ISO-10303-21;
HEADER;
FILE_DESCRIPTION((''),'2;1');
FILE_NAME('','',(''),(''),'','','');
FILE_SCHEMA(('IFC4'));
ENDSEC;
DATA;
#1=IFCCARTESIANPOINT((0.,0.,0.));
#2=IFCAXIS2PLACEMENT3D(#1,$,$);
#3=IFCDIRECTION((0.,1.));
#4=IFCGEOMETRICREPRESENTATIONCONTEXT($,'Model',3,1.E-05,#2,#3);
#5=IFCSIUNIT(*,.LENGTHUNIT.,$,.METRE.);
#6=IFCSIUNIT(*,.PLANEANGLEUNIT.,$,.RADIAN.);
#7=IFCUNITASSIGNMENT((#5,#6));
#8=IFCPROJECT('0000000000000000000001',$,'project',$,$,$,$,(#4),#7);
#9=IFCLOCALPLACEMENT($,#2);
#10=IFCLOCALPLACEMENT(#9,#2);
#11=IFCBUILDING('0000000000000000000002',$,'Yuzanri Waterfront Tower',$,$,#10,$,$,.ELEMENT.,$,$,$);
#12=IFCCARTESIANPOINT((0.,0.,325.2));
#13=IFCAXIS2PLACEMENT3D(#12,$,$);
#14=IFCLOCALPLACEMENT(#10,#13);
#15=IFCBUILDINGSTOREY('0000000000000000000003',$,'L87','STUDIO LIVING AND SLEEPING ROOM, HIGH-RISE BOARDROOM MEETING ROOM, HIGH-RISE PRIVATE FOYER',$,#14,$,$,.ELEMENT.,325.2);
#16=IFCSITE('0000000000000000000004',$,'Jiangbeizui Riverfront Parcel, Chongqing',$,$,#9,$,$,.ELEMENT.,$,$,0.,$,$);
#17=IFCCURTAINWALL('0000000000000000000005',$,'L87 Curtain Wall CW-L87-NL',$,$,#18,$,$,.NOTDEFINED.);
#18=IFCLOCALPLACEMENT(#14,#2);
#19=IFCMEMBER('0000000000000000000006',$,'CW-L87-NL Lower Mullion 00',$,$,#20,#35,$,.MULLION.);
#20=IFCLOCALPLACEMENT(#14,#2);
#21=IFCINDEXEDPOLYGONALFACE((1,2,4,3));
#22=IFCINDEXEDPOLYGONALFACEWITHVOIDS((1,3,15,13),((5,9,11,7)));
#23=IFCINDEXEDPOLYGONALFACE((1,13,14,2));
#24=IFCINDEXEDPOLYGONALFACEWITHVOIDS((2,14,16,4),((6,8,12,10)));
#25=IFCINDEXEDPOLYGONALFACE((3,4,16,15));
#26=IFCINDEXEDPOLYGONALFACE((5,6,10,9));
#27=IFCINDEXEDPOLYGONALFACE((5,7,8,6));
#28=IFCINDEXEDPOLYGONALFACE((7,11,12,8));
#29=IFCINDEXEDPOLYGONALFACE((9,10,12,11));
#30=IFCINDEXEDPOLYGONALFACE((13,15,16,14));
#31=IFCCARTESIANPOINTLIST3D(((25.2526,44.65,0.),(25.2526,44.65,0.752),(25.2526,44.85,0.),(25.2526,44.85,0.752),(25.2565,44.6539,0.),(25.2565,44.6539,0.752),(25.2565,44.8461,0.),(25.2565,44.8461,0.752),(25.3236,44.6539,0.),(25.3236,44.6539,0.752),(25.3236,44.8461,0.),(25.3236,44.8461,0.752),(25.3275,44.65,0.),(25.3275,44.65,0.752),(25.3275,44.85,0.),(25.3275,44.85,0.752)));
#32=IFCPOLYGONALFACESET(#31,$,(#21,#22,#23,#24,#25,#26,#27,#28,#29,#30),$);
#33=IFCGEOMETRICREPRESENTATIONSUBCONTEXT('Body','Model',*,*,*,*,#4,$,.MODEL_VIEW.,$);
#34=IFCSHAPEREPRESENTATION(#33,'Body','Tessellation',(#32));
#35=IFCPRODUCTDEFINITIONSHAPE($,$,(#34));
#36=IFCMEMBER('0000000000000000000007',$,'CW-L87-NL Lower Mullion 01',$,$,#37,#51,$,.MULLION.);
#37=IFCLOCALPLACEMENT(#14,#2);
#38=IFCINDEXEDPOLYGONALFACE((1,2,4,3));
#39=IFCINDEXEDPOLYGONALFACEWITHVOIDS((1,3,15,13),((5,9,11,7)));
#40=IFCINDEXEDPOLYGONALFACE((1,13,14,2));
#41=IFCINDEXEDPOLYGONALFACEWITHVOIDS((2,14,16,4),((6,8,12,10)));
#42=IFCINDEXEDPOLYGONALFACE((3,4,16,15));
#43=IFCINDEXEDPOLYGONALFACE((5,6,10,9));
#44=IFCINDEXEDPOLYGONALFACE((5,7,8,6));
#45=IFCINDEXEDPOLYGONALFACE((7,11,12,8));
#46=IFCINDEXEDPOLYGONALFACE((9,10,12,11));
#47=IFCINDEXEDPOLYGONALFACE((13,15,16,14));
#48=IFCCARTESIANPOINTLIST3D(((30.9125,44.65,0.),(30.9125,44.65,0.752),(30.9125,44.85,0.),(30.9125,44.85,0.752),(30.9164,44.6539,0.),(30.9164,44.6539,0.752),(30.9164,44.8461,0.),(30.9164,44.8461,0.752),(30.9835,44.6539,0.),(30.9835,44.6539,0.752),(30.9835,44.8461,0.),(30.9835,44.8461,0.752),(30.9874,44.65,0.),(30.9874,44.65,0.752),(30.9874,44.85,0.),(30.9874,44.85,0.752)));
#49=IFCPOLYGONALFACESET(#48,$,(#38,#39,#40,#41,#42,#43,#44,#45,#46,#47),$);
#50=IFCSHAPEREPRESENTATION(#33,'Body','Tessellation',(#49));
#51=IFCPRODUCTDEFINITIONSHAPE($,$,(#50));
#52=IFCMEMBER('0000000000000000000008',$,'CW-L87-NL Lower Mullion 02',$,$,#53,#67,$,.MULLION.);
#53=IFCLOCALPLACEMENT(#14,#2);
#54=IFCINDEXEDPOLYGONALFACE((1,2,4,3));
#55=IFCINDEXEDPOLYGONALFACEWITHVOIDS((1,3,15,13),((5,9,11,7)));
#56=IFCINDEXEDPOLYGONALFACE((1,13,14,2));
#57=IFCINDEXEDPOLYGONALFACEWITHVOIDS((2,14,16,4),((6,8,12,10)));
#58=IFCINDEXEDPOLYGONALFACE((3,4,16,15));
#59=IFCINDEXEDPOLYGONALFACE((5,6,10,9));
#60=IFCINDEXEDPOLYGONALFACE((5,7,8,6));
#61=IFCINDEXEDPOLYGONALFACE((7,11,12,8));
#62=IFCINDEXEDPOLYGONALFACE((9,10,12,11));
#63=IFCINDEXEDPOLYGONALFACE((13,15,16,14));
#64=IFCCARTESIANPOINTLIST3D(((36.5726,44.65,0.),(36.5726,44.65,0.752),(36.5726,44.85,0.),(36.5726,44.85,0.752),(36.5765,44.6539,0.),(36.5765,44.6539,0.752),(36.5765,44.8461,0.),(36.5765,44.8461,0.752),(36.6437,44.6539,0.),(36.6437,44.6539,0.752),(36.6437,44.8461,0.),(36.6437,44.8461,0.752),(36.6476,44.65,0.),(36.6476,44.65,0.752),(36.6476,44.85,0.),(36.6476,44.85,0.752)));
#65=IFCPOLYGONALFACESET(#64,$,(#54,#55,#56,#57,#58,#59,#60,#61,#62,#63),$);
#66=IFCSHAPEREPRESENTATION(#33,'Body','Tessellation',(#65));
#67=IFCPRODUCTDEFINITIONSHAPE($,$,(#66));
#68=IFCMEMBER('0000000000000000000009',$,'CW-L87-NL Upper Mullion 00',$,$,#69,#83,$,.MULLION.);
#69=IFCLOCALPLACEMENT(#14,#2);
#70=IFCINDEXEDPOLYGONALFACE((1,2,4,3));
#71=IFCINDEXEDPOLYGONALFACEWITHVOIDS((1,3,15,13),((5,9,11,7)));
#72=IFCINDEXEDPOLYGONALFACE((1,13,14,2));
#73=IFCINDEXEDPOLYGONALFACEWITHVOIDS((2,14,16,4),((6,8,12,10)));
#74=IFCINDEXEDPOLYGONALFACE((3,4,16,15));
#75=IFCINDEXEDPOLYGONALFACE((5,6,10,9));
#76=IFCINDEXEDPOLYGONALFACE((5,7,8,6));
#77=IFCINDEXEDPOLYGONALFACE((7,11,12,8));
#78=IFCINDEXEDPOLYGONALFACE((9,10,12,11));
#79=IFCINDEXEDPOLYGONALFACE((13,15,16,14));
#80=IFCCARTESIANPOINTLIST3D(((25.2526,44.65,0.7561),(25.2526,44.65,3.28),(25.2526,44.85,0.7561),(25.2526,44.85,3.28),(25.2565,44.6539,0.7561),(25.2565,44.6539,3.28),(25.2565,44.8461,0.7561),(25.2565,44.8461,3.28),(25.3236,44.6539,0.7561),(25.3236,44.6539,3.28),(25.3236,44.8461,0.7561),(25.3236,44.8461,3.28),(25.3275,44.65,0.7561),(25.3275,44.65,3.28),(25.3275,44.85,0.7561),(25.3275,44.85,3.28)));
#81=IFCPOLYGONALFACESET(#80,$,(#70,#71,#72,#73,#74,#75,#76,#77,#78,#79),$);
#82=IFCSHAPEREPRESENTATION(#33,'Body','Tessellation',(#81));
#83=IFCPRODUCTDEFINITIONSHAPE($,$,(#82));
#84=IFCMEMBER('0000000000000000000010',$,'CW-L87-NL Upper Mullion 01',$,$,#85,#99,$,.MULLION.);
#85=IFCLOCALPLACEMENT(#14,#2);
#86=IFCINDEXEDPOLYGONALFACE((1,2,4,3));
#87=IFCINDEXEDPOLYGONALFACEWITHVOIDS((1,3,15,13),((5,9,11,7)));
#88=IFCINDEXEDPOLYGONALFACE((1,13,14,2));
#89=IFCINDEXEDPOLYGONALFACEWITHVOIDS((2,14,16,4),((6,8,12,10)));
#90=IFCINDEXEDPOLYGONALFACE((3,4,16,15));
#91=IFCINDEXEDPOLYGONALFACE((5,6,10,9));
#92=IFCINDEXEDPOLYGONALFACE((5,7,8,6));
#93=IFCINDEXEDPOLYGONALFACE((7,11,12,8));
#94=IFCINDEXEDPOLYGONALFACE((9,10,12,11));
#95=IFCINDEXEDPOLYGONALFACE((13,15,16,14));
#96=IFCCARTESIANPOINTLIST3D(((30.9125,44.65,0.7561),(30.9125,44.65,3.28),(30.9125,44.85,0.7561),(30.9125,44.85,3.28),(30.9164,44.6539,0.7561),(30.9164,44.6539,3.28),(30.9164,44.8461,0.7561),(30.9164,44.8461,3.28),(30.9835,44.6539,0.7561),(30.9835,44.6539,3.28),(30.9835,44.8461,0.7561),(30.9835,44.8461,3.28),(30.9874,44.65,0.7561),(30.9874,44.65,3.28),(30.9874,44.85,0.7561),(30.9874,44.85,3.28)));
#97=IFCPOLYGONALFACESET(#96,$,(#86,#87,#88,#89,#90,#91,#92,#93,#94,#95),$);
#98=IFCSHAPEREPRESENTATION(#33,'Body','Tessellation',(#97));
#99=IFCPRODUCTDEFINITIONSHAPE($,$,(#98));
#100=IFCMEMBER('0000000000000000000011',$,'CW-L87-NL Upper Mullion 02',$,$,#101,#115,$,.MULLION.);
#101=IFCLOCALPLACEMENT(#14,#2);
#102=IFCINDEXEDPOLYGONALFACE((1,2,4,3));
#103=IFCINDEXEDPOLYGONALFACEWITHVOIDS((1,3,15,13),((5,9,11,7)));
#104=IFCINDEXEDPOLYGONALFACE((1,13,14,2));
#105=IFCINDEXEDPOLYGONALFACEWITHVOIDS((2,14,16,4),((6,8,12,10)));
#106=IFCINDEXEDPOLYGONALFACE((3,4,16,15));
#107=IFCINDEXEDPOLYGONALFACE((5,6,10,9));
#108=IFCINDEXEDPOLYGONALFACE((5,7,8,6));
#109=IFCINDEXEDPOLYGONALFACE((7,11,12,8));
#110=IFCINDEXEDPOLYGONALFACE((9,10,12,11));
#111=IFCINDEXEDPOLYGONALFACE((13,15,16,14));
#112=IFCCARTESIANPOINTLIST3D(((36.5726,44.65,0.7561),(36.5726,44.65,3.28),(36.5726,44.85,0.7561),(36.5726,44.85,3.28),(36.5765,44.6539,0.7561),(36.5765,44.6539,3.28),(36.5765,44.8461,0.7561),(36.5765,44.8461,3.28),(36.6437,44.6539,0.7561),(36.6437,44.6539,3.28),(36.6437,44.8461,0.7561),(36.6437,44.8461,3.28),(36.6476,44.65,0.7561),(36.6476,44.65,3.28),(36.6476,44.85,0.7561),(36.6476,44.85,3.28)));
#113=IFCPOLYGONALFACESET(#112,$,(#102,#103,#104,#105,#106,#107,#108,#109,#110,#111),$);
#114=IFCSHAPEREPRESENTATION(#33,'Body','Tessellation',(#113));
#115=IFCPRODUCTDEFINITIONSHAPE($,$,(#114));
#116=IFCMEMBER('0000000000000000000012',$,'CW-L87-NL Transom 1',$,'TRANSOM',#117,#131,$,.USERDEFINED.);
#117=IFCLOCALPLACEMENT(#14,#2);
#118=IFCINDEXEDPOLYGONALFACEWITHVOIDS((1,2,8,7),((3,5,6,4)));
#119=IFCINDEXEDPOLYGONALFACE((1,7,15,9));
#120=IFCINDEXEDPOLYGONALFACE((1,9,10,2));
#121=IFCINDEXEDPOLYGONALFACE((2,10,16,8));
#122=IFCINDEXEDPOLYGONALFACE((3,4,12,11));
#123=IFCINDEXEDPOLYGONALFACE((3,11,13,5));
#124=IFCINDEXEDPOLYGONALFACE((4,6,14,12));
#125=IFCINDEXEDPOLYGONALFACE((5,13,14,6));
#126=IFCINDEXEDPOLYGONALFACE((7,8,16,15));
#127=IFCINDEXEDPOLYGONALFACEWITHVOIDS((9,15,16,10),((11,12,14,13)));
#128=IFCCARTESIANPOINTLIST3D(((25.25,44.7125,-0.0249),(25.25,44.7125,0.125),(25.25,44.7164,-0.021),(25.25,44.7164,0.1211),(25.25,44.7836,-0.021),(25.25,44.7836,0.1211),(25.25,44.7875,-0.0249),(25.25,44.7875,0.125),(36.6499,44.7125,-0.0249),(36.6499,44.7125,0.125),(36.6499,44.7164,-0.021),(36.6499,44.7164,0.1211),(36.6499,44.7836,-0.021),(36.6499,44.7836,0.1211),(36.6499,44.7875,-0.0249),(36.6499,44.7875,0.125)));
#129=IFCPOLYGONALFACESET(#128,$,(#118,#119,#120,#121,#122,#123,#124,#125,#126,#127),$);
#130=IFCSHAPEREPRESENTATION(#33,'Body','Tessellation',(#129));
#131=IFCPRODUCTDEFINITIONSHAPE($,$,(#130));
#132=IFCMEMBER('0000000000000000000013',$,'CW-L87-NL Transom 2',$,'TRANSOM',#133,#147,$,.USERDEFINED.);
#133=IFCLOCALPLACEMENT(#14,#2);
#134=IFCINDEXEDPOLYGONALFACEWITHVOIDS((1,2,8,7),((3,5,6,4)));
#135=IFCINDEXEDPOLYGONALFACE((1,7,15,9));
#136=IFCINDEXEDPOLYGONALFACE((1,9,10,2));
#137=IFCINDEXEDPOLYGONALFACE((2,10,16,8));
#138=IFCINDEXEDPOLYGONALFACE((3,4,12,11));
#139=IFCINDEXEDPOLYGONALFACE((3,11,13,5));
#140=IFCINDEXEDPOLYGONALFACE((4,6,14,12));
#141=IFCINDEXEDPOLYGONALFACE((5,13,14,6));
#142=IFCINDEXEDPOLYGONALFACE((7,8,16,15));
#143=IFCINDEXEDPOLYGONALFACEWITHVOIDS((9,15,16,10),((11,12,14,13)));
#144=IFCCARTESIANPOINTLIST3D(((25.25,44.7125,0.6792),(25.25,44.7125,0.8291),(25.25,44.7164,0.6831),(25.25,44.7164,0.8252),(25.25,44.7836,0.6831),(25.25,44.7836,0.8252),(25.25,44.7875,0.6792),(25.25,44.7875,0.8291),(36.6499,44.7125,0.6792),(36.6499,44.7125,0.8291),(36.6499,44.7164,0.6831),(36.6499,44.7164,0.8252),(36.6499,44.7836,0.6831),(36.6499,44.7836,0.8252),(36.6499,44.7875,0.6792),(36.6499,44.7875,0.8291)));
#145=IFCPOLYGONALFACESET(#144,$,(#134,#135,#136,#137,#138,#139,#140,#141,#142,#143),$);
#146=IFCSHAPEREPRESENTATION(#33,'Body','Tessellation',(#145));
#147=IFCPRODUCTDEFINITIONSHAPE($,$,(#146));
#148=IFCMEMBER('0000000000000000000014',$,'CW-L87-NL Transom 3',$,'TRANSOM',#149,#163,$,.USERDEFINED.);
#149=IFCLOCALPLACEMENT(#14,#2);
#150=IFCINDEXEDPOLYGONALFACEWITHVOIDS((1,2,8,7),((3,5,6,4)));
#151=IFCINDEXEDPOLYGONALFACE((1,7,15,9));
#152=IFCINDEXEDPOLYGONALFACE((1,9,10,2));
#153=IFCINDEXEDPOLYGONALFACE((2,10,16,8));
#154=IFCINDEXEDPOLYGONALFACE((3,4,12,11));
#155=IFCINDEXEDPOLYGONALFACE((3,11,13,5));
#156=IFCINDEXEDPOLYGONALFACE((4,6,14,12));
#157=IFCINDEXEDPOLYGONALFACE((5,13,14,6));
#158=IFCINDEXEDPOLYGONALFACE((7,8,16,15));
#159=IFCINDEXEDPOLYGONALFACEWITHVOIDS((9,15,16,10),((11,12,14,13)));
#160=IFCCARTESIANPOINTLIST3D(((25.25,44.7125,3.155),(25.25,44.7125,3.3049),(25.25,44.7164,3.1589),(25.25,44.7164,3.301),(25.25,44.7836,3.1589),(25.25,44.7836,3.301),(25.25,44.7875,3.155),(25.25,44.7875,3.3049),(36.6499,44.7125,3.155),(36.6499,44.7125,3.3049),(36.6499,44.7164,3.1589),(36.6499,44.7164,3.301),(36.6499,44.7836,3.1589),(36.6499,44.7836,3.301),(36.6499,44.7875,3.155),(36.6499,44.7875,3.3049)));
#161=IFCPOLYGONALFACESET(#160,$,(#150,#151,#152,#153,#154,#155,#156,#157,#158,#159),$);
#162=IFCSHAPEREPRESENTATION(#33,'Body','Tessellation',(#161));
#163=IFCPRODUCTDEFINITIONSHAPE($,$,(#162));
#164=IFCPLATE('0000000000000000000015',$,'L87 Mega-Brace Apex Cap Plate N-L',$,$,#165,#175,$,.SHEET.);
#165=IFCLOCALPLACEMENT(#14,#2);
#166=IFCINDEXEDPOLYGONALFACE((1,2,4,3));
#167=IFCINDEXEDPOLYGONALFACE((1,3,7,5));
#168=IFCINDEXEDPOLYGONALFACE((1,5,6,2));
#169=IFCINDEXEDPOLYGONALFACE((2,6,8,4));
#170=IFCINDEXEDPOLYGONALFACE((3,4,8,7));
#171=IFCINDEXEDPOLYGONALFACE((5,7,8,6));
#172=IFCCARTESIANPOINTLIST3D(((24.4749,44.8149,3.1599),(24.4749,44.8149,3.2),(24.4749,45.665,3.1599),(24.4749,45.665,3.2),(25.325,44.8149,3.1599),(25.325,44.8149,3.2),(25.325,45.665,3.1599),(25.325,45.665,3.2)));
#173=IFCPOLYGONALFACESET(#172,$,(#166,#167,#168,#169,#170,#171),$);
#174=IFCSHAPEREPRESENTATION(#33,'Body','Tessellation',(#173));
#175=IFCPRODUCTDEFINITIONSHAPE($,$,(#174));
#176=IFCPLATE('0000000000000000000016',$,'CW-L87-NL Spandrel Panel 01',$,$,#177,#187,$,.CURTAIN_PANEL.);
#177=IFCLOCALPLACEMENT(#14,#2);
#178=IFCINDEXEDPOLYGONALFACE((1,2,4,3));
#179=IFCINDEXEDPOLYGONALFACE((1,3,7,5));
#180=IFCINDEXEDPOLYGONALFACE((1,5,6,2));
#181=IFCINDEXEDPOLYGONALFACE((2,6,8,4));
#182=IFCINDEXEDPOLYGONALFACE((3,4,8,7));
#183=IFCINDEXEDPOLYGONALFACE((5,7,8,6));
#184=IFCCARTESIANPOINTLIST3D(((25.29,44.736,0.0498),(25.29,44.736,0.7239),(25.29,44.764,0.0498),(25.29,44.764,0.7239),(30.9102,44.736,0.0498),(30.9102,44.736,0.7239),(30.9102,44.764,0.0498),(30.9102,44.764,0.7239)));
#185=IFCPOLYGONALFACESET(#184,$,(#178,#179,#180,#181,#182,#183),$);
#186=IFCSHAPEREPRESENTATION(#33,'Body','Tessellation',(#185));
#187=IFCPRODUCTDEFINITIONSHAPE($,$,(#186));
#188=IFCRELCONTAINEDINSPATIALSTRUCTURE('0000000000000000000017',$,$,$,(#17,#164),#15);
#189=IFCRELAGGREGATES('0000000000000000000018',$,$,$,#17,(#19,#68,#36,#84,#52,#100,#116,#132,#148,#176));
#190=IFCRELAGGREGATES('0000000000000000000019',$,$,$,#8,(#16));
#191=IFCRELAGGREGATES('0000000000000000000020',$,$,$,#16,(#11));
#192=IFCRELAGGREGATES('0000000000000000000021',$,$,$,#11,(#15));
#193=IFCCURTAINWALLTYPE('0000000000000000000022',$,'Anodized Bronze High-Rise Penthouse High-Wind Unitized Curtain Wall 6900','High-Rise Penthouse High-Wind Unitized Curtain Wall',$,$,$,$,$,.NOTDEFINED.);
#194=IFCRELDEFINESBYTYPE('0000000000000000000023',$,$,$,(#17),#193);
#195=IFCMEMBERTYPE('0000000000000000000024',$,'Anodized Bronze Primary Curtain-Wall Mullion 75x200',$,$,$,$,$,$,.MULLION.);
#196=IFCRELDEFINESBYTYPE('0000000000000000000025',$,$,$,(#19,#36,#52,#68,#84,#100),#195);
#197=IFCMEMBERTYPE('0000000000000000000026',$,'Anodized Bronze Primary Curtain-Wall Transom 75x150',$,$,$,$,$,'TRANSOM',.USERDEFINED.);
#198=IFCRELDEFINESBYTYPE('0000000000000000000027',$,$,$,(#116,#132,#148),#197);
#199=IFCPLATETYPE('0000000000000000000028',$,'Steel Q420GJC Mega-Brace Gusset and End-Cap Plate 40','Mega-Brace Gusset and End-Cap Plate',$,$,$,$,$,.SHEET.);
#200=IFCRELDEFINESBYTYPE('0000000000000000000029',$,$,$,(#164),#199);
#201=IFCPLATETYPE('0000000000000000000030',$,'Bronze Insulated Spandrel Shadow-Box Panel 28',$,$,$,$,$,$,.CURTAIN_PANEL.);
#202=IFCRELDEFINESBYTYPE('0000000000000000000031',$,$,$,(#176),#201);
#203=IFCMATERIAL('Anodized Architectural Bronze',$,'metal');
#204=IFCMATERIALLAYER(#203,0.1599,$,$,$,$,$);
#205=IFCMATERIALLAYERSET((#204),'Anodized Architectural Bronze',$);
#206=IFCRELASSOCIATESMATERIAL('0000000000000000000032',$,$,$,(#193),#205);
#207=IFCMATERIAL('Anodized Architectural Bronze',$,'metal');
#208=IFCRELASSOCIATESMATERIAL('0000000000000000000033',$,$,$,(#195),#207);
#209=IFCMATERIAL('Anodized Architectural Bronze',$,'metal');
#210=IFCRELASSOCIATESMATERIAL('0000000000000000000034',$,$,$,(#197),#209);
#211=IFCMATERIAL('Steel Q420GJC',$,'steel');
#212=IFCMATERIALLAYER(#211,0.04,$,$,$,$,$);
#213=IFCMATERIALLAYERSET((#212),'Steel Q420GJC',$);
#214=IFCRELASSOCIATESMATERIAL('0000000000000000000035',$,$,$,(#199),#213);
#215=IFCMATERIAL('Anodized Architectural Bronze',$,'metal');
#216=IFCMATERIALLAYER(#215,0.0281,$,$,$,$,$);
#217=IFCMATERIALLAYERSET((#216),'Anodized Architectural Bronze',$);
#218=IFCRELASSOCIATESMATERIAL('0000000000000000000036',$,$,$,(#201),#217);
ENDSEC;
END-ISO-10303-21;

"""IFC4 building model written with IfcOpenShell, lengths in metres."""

from ifc_helpers import new_model, si_unit, direction, frame, origin, origin_2d, place, context, subcontext, project, spatial, rectangle, hollow_rectangle, extrude, source, transform, mapped, material, layer, layer_set, material_profile, profile_set, type_object, element, aggregate, save


model = new_model("IFC4")

# Units and contexts
model_context = context("Model", 3, precision=1e-05, world=origin(), true_north=direction((0.0, 1.0)))
body_context = subcontext(model_context, "Body", "Model", "MODEL_VIEW")
ifc_project = project(units=[si_unit("LENGTHUNIT", "METRE"), si_unit("PLANEANGLEUNIT", "RADIAN")], contexts=[model_context])

# Site, building, storey
site_placement = place(None, origin())
site = spatial("IfcSite", under=ifc_project, at=site_placement, Name="Jiangbeizui Riverfront Parcel, Chongqing", CompositionType="ELEMENT", RefElevation=0.0)
building_placement = place(site_placement, origin())
building = spatial("IfcBuilding", under=site, at=building_placement, Name="Yuzanri Waterfront Tower", CompositionType="ELEMENT")
storey_placement = place(building_placement, frame((0.0, 0.0, 325.2)))
storey = spatial("IfcBuildingStorey", under=building, at=storey_placement, Name="L87", Description="STUDIO LIVING AND SLEEPING ROOM, HIGH-RISE BOARDROOM MEETING ROOM, HIGH-RISE PRIVATE FOYER", CompositionType="ELEMENT", Elevation=325.2)

# Curtain wall, members
ifc_material_1 = material(Name="Anodized Architectural Bronze", Category="metal")
ifc_layer_1 = layer(ifc_material_1, 0.1599)
ifc_layer_set_1 = layer_set([ifc_layer_1], Name="Anodized Architectural Bronze")
curtain_wall_type = type_object("IfcCurtainWallType", Name="Anodized Bronze High-Rise Penthouse High-Wind Unitized Curtain Wall 6900", Description="High-Rise Penthouse High-Wind Unitized Curtain Wall", PredefinedType="NOTDEFINED", material=ifc_layer_set_1)
curtain_wall_placement = place(storey_placement, origin())
curtain_wall = element("IfcCurtainWall", 1, at=curtain_wall_placement, inside=storey, type_object=curtain_wall_type, Name="L87 Curtain Wall CW-L87-NL", PredefinedType="NOTDEFINED")
ifc_material_2 = material(Name="Anodized Architectural Bronze", Category="metal")
ifc_material_profile_1 = material_profile(ifc_material_2, hollow_rectangle(XDim=0.075, YDim=0.2, WallThickness=0.0039, at=origin_2d()), Name="CWM 75x200")
ifc_profile_set_1 = profile_set([ifc_material_profile_1], Name="Anodized Architectural Bronze")
member_type_1 = type_object("IfcMemberType", Name="Anodized Bronze Primary Curtain-Wall Mullion 75x200", PredefinedType="MULLION", material=ifc_profile_set_1)
shared_shape_1 = source(origin(), body_context, "Body", "SweptSolid", [
    extrude(hollow_rectangle(XDim=0.075, YDim=0.2, WallThickness=0.0039, at=origin_2d()), origin(), (0.0, 0.0, 1.0), 0.752),
])
member_1_placement = place(storey_placement, frame((25.29, 44.75, 0.0), z_axis=(0.0, 0.0, 1.0), x_axis=(1.0, 0.0, 0.0)))
member_1 = element("IfcMember", 2, at=member_1_placement, type_object=member_type_1, Name="CW-L87-NL Lower Mullion 00", PredefinedType="MULLION", context=body_context, shape_type="MappedRepresentation", body=[
    mapped(shared_shape_1, transform((0.0, 0.0, 0.0), scale=1.0)),
])
member_2_placement = place(storey_placement, frame((30.95, 44.75, 0.0), z_axis=(0.0, 0.0, 1.0), x_axis=(1.0, 0.0, 0.0)))
member_2 = element("IfcMember", 3, at=member_2_placement, type_object=member_type_1, Name="CW-L87-NL Lower Mullion 01", PredefinedType="MULLION", context=body_context, shape_type="MappedRepresentation", body=[
    mapped(shared_shape_1, transform((0.0, 0.0, 0.0), scale=1.0)),
])
member_3_placement = place(storey_placement, frame((36.6101, 44.75, 0.0), z_axis=(0.0, 0.0, 1.0), x_axis=(1.0, 0.0, 0.0)))
member_3 = element("IfcMember", 4, at=member_3_placement, type_object=member_type_1, Name="CW-L87-NL Lower Mullion 02", PredefinedType="MULLION", context=body_context, shape_type="MappedRepresentation", body=[
    mapped(shared_shape_1, transform((0.0, 0.0, 0.0), scale=1.0)),
])
shared_shape_2 = source(origin(), body_context, "Body", "SweptSolid", [
    extrude(hollow_rectangle(XDim=0.075, YDim=0.2, WallThickness=0.0039, at=origin_2d()), origin(), (0.0, 0.0, 1.0), 2.5239),
])
member_4_placement = place(storey_placement, frame((25.29, 44.75, 0.7561), z_axis=(0.0, 0.0, 1.0), x_axis=(1.0, 0.0, 0.0)))
member_4 = element("IfcMember", 5, at=member_4_placement, type_object=member_type_1, Name="CW-L87-NL Upper Mullion 00", PredefinedType="MULLION", context=body_context, shape_type="MappedRepresentation", body=[
    mapped(shared_shape_2, transform((0.0, 0.0, 0.0), scale=1.0)),
])
member_5_placement = place(storey_placement, frame((30.95, 44.75, 0.7561), z_axis=(0.0, 0.0, 1.0), x_axis=(1.0, 0.0, 0.0)))
member_5 = element("IfcMember", 6, at=member_5_placement, type_object=member_type_1, Name="CW-L87-NL Upper Mullion 01", PredefinedType="MULLION", context=body_context, shape_type="MappedRepresentation", body=[
    mapped(shared_shape_2, transform((0.0, 0.0, 0.0), scale=1.0)),
])
member_6_placement = place(storey_placement, frame((36.6101, 44.75, 0.7561), z_axis=(0.0, 0.0, 1.0), x_axis=(1.0, 0.0, 0.0)))
member_6 = element("IfcMember", 7, at=member_6_placement, type_object=member_type_1, Name="CW-L87-NL Upper Mullion 02", PredefinedType="MULLION", context=body_context, shape_type="MappedRepresentation", body=[
    mapped(shared_shape_2, transform((0.0, 0.0, 0.0), scale=1.0)),
])
ifc_material_3 = material(Name="Anodized Architectural Bronze", Category="metal")
ifc_material_profile_2 = material_profile(ifc_material_3, hollow_rectangle(XDim=0.075, YDim=0.1499, WallThickness=0.0039, at=origin_2d()), Name="CWT 75x150")
ifc_profile_set_2 = profile_set([ifc_material_profile_2], Name="Anodized Architectural Bronze")
member_type_2 = type_object("IfcMemberType", Name="Anodized Bronze Primary Curtain-Wall Transom 75x150", ElementType="TRANSOM", PredefinedType="USERDEFINED", material=ifc_profile_set_2)
shared_shape_3 = source(origin(), body_context, "Body", "SweptSolid", [
    extrude(hollow_rectangle(XDim=0.075, YDim=0.1499, WallThickness=0.0039, at=origin_2d()), origin(), (0.0, 0.0, 1.0), 11.3999),
])
member_7_placement = place(storey_placement, frame((25.25, 44.75, 0.05), z_axis=(1.0, 0.0, 0.0), x_axis=(0.0, 1.0, 0.0)))
member_7 = element("IfcMember", 8, at=member_7_placement, type_object=member_type_2, Name="CW-L87-NL Transom 1", ObjectType="TRANSOM", PredefinedType="USERDEFINED", context=body_context, shape_type="MappedRepresentation", body=[
    mapped(shared_shape_3, transform((0.0, 0.0, 0.0), scale=1.0)),
])
member_8_placement = place(storey_placement, frame((25.25, 44.75, 0.7542), z_axis=(1.0, 0.0, 0.0), x_axis=(0.0, 1.0, 0.0)))
member_8 = element("IfcMember", 9, at=member_8_placement, type_object=member_type_2, Name="CW-L87-NL Transom 2", ObjectType="TRANSOM", PredefinedType="USERDEFINED", context=body_context, shape_type="MappedRepresentation", body=[
    mapped(shared_shape_3, transform((0.0, 0.0, 0.0), scale=1.0)),
])
member_9_placement = place(storey_placement, frame((25.25, 44.75, 3.23), z_axis=(1.0, 0.0, 0.0), x_axis=(0.0, 1.0, 0.0)))
member_9 = element("IfcMember", 10, at=member_9_placement, type_object=member_type_2, Name="CW-L87-NL Transom 3", ObjectType="TRANSOM", PredefinedType="USERDEFINED", context=body_context, shape_type="MappedRepresentation", body=[
    mapped(shared_shape_3, transform((0.0, 0.0, 0.0), scale=1.0)),
])

# Plates
ifc_material_4 = material(Name="Steel Q420GJC", Category="steel")
ifc_layer_2 = layer(ifc_material_4, 0.04)
ifc_layer_set_2 = layer_set([ifc_layer_2], Name="Steel Q420GJC")
plate_type_1 = type_object("IfcPlateType", Name="Steel Q420GJC Mega-Brace Gusset and End-Cap Plate 40", Description="Mega-Brace Gusset and End-Cap Plate", PredefinedType="SHEET", material=ifc_layer_set_2)
shared_shape_4 = source(origin(), body_context, "Body", "SweptSolid", [
    extrude(rectangle(XDim=0.8501, YDim=0.8501, at=origin_2d()), origin(), (0.0, 0.0, 1.0), 0.04),
])
plate_1_placement = place(storey_placement, frame((24.8999, 45.24, 3.1599), z_axis=(0.0, 0.0, 1.0), x_axis=(1.0, 0.0, 0.0)))
element("IfcPlate", 11, at=plate_1_placement, inside=storey, type_object=plate_type_1, Name="L87 Mega-Brace Apex Cap Plate N-L", PredefinedType="SHEET", context=body_context, shape_type="MappedRepresentation", body=[
    mapped(shared_shape_4, transform((0.0, 0.0, 0.0), scale=1.0)),
])
ifc_material_5 = material(Name="Anodized Architectural Bronze", Category="metal")
ifc_layer_3 = layer(ifc_material_5, 0.0281)
ifc_layer_set_3 = layer_set([ifc_layer_3], Name="Anodized Architectural Bronze")
plate_type_2 = type_object("IfcPlateType", Name="Bronze Insulated Spandrel Shadow-Box Panel 28", PredefinedType="CURTAIN_PANEL", material=ifc_layer_set_3)
shared_shape_5 = source(origin(), body_context, "Body", "SweptSolid", [
    extrude(rectangle(XDim=5.6201, YDim=0.0281, at=origin_2d()), origin(), (0.0, 0.0, 1.0), 0.6741),
])
plate_2_placement = place(storey_placement, frame((28.1001, 44.75, 0.0498), z_axis=(0.0, 0.0, 1.0), x_axis=(1.0, 0.0, 0.0)))
plate_2 = element("IfcPlate", 12, at=plate_2_placement, type_object=plate_type_2, Name="CW-L87-NL Spandrel Panel 01", PredefinedType="CURTAIN_PANEL", context=body_context, shape_type="MappedRepresentation", body=[
    mapped(shared_shape_5, transform((0.0, 0.0, 0.0), scale=1.0)),
])
aggregate(curtain_wall, [member_1, member_4, member_2, member_5, member_3, member_6, member_7, member_8, member_9, plate_2])

save(model, "model.ifc")
